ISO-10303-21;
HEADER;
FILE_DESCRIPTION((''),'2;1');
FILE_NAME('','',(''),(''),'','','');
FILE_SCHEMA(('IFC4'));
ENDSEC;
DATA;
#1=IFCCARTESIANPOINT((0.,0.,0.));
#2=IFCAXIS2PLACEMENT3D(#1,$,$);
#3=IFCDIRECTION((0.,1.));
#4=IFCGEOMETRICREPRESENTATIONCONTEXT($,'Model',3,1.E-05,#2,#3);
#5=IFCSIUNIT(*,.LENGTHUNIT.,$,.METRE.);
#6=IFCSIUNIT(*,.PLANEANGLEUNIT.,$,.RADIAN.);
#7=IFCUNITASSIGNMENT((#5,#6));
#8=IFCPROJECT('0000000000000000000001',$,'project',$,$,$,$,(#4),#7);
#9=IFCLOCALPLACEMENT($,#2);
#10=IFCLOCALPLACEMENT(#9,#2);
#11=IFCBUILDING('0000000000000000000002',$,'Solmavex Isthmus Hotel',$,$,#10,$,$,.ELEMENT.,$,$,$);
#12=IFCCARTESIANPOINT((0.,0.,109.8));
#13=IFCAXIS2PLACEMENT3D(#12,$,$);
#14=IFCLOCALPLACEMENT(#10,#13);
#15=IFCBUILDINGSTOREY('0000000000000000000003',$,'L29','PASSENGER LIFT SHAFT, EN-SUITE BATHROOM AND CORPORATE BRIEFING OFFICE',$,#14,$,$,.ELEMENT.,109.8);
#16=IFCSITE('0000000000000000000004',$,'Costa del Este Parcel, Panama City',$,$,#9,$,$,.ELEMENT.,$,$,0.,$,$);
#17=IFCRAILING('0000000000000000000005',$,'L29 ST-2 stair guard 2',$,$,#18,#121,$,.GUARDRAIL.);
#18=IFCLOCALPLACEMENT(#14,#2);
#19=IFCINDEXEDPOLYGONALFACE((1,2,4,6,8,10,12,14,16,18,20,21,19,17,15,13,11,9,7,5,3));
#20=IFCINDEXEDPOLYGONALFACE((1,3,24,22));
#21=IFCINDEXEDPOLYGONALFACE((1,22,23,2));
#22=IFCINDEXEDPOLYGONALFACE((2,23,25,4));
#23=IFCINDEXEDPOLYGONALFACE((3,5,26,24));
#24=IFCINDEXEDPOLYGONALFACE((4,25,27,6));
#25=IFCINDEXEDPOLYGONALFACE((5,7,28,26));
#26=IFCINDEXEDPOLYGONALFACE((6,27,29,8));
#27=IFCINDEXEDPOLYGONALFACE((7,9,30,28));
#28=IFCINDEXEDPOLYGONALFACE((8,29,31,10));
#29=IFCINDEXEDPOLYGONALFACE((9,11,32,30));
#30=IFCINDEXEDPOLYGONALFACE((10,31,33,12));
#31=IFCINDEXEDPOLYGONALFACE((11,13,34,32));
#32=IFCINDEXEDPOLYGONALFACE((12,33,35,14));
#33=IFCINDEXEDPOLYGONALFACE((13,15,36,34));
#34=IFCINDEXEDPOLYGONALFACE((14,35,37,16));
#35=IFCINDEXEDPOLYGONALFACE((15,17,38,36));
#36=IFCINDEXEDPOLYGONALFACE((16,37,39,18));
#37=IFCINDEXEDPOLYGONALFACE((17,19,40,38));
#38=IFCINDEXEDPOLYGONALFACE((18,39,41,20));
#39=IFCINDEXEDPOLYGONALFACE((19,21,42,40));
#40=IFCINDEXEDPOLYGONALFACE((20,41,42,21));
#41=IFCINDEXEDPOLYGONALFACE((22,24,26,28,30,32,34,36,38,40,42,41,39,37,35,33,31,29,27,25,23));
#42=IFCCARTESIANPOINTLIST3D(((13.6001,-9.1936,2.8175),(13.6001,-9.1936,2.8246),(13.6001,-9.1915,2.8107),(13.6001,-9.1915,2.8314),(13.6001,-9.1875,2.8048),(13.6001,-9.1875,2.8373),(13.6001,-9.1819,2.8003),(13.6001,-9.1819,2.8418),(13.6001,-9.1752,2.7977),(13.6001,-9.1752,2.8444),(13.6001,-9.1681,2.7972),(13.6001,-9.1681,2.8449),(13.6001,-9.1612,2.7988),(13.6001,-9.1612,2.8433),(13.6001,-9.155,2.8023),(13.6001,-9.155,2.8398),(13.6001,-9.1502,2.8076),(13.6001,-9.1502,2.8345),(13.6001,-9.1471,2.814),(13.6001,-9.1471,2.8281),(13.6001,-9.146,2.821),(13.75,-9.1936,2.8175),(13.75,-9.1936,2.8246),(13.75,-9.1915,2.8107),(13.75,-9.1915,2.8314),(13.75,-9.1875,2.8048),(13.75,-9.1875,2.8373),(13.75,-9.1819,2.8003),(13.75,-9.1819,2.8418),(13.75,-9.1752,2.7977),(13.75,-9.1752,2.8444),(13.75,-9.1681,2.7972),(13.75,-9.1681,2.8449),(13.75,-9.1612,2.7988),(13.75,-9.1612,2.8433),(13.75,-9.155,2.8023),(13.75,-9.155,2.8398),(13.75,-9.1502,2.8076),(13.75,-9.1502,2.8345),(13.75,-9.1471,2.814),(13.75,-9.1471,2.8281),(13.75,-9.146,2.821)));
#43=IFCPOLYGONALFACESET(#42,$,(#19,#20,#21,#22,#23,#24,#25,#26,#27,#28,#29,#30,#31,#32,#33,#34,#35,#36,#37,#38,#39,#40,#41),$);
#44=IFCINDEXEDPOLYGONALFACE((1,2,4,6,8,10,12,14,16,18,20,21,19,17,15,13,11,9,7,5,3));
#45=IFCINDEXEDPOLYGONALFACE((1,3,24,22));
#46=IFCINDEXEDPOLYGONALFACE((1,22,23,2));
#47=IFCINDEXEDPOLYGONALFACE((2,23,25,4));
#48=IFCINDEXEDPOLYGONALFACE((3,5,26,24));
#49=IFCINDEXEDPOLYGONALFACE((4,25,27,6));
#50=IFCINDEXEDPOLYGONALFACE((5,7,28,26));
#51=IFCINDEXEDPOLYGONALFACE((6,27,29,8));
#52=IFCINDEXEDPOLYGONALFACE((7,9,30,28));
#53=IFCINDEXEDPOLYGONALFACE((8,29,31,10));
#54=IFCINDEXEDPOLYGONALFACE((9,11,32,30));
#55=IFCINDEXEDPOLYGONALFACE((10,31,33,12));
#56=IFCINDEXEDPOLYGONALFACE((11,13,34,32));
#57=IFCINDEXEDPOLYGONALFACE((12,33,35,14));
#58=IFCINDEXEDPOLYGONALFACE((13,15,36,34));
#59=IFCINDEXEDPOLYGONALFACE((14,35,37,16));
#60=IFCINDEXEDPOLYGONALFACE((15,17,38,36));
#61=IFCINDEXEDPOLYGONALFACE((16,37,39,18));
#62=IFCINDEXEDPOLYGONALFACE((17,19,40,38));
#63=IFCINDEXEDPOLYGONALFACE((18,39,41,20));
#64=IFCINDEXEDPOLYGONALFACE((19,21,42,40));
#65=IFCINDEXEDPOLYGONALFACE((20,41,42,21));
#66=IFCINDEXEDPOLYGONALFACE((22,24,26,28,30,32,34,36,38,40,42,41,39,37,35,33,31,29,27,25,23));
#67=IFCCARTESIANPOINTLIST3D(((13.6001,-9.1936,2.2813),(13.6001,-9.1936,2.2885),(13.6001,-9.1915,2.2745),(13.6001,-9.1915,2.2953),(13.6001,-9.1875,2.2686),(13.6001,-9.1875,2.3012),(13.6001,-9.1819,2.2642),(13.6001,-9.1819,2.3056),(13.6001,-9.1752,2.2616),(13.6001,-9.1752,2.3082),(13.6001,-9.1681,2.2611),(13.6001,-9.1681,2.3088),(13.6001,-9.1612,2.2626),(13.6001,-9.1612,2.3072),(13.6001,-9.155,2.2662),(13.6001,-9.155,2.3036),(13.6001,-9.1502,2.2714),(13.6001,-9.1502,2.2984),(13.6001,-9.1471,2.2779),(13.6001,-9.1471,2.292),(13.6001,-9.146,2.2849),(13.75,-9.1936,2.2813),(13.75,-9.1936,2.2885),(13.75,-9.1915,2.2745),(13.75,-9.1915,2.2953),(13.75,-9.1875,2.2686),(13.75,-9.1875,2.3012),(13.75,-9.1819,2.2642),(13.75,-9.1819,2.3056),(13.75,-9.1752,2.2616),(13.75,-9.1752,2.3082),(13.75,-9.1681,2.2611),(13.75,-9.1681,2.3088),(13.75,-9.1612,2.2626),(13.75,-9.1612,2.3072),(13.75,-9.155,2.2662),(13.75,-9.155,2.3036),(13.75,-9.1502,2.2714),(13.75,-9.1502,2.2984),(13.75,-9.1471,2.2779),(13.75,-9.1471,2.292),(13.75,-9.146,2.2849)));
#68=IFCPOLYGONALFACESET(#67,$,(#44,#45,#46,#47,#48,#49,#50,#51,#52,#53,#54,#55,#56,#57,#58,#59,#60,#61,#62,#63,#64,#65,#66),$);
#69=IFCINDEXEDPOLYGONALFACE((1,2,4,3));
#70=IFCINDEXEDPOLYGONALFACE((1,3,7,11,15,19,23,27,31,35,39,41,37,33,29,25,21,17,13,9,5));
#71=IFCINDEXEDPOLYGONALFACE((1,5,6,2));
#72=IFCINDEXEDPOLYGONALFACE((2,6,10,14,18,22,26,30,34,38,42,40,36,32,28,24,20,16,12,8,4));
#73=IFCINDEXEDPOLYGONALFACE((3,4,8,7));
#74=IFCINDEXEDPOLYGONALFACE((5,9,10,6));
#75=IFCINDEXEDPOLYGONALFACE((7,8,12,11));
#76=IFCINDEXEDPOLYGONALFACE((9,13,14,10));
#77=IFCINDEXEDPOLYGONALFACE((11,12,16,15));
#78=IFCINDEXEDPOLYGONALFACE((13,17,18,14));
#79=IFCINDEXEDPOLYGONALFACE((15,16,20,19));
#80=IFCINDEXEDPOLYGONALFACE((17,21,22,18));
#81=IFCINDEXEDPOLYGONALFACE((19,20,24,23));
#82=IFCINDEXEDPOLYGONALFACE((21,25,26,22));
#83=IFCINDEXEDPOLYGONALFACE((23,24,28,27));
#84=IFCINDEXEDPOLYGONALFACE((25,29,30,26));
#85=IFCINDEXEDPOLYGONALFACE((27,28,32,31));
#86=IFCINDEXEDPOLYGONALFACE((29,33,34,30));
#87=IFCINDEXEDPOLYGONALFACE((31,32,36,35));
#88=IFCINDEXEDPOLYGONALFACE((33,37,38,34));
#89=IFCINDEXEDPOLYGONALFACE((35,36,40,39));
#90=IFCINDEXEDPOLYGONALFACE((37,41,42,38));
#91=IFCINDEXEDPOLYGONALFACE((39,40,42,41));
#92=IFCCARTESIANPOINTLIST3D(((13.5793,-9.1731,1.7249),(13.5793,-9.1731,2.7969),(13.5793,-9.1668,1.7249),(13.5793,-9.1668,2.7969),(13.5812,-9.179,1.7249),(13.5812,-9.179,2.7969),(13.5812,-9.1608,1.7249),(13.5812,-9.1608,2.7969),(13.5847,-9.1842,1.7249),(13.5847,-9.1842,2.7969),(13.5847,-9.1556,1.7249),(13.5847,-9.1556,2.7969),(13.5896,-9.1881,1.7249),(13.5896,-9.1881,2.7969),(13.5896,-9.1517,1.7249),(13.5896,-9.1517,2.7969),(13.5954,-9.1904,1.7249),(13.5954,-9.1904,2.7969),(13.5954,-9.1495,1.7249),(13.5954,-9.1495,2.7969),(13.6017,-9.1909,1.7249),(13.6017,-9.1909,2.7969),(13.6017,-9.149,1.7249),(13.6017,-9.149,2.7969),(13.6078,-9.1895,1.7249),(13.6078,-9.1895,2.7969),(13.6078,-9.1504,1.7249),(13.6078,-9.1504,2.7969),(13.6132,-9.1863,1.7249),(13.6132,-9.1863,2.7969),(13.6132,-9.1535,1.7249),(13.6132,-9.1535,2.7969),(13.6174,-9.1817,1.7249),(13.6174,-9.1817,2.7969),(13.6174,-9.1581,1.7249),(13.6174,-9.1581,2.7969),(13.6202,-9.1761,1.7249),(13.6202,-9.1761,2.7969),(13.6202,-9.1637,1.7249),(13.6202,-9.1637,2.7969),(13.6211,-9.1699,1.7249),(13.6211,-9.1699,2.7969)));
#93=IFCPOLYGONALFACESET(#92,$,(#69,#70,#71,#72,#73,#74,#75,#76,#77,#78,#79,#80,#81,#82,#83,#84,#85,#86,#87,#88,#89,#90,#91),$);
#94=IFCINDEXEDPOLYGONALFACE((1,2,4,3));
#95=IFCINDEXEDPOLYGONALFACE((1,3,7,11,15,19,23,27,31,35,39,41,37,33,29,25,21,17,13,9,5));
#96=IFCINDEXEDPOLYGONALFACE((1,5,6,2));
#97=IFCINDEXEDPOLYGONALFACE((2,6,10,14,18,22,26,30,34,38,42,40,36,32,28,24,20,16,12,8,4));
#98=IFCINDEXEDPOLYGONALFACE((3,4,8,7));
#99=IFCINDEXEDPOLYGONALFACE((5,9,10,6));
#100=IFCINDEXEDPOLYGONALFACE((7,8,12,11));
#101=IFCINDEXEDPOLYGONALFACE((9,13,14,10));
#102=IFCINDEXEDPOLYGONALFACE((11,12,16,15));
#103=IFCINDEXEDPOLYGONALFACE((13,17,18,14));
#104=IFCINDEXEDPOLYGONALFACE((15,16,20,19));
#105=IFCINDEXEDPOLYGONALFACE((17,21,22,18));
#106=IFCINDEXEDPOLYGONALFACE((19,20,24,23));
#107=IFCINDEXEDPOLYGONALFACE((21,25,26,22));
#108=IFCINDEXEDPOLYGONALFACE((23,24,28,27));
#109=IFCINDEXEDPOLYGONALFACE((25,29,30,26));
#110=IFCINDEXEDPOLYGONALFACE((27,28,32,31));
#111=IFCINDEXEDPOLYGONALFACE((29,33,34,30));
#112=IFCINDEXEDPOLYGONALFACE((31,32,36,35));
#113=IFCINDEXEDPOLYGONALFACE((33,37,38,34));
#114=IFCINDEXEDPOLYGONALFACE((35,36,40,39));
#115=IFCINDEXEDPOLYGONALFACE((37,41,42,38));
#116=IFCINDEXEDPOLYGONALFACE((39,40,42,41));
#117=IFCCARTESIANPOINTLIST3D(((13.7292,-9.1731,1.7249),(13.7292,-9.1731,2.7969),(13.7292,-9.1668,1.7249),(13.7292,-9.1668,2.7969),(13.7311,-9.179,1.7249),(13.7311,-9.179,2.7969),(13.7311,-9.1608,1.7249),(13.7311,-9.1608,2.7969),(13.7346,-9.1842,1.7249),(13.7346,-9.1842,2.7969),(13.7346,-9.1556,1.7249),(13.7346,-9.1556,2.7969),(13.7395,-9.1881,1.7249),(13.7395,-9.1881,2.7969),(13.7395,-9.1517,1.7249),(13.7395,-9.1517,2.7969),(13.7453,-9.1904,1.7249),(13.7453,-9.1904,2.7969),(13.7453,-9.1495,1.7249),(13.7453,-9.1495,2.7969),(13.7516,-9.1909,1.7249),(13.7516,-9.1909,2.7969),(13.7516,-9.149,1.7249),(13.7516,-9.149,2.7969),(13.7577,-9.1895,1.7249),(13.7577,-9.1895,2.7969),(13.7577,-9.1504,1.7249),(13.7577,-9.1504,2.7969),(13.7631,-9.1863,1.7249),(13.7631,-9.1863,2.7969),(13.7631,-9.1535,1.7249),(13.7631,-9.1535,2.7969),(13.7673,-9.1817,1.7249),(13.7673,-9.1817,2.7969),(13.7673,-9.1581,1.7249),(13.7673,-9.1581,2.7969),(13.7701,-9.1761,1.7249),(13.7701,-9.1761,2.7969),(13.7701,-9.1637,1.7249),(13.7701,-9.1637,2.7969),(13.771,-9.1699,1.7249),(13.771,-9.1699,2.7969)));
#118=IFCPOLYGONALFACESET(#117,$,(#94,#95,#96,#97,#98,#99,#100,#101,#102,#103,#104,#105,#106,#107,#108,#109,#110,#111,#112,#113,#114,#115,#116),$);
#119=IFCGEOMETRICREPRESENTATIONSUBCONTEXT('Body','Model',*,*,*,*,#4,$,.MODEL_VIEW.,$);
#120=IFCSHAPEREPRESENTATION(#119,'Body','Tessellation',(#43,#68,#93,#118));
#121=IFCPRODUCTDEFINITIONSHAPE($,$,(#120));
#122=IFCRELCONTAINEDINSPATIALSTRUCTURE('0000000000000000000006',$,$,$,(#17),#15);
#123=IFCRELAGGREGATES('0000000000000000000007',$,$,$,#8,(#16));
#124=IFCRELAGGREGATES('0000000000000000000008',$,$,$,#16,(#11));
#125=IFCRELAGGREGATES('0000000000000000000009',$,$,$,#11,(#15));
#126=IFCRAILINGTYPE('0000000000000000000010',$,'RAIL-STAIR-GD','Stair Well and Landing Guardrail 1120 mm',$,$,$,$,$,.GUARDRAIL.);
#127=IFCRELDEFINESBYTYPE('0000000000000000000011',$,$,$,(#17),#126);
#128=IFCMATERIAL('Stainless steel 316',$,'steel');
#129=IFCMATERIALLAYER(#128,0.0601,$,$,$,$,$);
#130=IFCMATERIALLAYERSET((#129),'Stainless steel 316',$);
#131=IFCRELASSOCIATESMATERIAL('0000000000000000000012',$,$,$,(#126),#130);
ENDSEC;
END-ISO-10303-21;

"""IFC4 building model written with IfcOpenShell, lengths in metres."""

from ifc_helpers import new_model, si_unit, direction, frame, origin, origin_2d, place, context, subcontext, project, spatial, circle, extrude, material, layer, layer_set, type_object, element, save


model = new_model("IFC4")

# Units and contexts
model_context = context("Model", 3, precision=1e-05, world=origin(), true_north=direction((0.0, 1.0)))
body_context = subcontext(model_context, "Body", "Model", "MODEL_VIEW")
ifc_project = project(units=[si_unit("LENGTHUNIT", "METRE"), si_unit("PLANEANGLEUNIT", "RADIAN")], contexts=[model_context])

# Site, building, storey
site_placement = place(None, origin())
site = spatial("IfcSite", under=ifc_project, at=site_placement, Name="Costa del Este Parcel, Panama City", CompositionType="ELEMENT", RefElevation=0.0)
building_placement = place(site_placement, origin())
building = spatial("IfcBuilding", under=site, at=building_placement, Name="Solmavex Isthmus Hotel", CompositionType="ELEMENT")
storey_placement = place(building_placement, frame((0.0, 0.0, 109.8)))
storey = spatial("IfcBuildingStorey", under=building, at=storey_placement, Name="L29", Description="PASSENGER LIFT SHAFT, EN-SUITE BATHROOM AND CORPORATE BRIEFING OFFICE", CompositionType="ELEMENT", Elevation=109.8)

# Shared definitions
ifc_material_1 = material(Name="Stainless steel 316", Category="steel")

# Railing
ifc_layer_1 = layer(ifc_material_1, 0.0601)
ifc_layer_set_1 = layer_set([ifc_layer_1], Name="Stainless steel 316")
railing_type_1 = type_object("IfcRailingType", Name="RAIL-STAIR-GD", Description="Stair Well and Landing Guardrail 1120 mm", PredefinedType="GUARDRAIL", material=ifc_layer_set_1)
railing_1_placement = place(storey_placement, frame((13.6001, -9.1699, 1.7249)))
element("IfcRailing", 1, at=railing_1_placement, inside=storey, type_object=railing_type_1, Name="L29 ST-2 stair guard 2", PredefinedType="GUARDRAIL", context=body_context, shape_type="SweptSolid", body=[
    extrude(circle(Radius=0.0239, at=origin_2d()), frame((0.0, 0.0, 1.0962), z_axis=(1.0, 0.0, 0.0), x_axis=(0.0, 1.0, 0.0)), (0.0, 0.0, 1.0), 0.1499),
    extrude(circle(Radius=0.0239, at=origin_2d()), frame((0.0, 0.0, 0.5601), z_axis=(1.0, 0.0, 0.0), x_axis=(0.0, 1.0, 0.0)), (0.0, 0.0, 1.0), 0.1499),
    extrude(circle(Radius=0.021, at=origin_2d()), origin(), (0.0, 0.0, 1.0), 1.072),
    extrude(circle(Radius=0.021, at=origin_2d()), frame((0.1499, 0.0, 0.0)), (0.0, 0.0, 1.0), 1.072),
])

save(model, "model.ifc")
